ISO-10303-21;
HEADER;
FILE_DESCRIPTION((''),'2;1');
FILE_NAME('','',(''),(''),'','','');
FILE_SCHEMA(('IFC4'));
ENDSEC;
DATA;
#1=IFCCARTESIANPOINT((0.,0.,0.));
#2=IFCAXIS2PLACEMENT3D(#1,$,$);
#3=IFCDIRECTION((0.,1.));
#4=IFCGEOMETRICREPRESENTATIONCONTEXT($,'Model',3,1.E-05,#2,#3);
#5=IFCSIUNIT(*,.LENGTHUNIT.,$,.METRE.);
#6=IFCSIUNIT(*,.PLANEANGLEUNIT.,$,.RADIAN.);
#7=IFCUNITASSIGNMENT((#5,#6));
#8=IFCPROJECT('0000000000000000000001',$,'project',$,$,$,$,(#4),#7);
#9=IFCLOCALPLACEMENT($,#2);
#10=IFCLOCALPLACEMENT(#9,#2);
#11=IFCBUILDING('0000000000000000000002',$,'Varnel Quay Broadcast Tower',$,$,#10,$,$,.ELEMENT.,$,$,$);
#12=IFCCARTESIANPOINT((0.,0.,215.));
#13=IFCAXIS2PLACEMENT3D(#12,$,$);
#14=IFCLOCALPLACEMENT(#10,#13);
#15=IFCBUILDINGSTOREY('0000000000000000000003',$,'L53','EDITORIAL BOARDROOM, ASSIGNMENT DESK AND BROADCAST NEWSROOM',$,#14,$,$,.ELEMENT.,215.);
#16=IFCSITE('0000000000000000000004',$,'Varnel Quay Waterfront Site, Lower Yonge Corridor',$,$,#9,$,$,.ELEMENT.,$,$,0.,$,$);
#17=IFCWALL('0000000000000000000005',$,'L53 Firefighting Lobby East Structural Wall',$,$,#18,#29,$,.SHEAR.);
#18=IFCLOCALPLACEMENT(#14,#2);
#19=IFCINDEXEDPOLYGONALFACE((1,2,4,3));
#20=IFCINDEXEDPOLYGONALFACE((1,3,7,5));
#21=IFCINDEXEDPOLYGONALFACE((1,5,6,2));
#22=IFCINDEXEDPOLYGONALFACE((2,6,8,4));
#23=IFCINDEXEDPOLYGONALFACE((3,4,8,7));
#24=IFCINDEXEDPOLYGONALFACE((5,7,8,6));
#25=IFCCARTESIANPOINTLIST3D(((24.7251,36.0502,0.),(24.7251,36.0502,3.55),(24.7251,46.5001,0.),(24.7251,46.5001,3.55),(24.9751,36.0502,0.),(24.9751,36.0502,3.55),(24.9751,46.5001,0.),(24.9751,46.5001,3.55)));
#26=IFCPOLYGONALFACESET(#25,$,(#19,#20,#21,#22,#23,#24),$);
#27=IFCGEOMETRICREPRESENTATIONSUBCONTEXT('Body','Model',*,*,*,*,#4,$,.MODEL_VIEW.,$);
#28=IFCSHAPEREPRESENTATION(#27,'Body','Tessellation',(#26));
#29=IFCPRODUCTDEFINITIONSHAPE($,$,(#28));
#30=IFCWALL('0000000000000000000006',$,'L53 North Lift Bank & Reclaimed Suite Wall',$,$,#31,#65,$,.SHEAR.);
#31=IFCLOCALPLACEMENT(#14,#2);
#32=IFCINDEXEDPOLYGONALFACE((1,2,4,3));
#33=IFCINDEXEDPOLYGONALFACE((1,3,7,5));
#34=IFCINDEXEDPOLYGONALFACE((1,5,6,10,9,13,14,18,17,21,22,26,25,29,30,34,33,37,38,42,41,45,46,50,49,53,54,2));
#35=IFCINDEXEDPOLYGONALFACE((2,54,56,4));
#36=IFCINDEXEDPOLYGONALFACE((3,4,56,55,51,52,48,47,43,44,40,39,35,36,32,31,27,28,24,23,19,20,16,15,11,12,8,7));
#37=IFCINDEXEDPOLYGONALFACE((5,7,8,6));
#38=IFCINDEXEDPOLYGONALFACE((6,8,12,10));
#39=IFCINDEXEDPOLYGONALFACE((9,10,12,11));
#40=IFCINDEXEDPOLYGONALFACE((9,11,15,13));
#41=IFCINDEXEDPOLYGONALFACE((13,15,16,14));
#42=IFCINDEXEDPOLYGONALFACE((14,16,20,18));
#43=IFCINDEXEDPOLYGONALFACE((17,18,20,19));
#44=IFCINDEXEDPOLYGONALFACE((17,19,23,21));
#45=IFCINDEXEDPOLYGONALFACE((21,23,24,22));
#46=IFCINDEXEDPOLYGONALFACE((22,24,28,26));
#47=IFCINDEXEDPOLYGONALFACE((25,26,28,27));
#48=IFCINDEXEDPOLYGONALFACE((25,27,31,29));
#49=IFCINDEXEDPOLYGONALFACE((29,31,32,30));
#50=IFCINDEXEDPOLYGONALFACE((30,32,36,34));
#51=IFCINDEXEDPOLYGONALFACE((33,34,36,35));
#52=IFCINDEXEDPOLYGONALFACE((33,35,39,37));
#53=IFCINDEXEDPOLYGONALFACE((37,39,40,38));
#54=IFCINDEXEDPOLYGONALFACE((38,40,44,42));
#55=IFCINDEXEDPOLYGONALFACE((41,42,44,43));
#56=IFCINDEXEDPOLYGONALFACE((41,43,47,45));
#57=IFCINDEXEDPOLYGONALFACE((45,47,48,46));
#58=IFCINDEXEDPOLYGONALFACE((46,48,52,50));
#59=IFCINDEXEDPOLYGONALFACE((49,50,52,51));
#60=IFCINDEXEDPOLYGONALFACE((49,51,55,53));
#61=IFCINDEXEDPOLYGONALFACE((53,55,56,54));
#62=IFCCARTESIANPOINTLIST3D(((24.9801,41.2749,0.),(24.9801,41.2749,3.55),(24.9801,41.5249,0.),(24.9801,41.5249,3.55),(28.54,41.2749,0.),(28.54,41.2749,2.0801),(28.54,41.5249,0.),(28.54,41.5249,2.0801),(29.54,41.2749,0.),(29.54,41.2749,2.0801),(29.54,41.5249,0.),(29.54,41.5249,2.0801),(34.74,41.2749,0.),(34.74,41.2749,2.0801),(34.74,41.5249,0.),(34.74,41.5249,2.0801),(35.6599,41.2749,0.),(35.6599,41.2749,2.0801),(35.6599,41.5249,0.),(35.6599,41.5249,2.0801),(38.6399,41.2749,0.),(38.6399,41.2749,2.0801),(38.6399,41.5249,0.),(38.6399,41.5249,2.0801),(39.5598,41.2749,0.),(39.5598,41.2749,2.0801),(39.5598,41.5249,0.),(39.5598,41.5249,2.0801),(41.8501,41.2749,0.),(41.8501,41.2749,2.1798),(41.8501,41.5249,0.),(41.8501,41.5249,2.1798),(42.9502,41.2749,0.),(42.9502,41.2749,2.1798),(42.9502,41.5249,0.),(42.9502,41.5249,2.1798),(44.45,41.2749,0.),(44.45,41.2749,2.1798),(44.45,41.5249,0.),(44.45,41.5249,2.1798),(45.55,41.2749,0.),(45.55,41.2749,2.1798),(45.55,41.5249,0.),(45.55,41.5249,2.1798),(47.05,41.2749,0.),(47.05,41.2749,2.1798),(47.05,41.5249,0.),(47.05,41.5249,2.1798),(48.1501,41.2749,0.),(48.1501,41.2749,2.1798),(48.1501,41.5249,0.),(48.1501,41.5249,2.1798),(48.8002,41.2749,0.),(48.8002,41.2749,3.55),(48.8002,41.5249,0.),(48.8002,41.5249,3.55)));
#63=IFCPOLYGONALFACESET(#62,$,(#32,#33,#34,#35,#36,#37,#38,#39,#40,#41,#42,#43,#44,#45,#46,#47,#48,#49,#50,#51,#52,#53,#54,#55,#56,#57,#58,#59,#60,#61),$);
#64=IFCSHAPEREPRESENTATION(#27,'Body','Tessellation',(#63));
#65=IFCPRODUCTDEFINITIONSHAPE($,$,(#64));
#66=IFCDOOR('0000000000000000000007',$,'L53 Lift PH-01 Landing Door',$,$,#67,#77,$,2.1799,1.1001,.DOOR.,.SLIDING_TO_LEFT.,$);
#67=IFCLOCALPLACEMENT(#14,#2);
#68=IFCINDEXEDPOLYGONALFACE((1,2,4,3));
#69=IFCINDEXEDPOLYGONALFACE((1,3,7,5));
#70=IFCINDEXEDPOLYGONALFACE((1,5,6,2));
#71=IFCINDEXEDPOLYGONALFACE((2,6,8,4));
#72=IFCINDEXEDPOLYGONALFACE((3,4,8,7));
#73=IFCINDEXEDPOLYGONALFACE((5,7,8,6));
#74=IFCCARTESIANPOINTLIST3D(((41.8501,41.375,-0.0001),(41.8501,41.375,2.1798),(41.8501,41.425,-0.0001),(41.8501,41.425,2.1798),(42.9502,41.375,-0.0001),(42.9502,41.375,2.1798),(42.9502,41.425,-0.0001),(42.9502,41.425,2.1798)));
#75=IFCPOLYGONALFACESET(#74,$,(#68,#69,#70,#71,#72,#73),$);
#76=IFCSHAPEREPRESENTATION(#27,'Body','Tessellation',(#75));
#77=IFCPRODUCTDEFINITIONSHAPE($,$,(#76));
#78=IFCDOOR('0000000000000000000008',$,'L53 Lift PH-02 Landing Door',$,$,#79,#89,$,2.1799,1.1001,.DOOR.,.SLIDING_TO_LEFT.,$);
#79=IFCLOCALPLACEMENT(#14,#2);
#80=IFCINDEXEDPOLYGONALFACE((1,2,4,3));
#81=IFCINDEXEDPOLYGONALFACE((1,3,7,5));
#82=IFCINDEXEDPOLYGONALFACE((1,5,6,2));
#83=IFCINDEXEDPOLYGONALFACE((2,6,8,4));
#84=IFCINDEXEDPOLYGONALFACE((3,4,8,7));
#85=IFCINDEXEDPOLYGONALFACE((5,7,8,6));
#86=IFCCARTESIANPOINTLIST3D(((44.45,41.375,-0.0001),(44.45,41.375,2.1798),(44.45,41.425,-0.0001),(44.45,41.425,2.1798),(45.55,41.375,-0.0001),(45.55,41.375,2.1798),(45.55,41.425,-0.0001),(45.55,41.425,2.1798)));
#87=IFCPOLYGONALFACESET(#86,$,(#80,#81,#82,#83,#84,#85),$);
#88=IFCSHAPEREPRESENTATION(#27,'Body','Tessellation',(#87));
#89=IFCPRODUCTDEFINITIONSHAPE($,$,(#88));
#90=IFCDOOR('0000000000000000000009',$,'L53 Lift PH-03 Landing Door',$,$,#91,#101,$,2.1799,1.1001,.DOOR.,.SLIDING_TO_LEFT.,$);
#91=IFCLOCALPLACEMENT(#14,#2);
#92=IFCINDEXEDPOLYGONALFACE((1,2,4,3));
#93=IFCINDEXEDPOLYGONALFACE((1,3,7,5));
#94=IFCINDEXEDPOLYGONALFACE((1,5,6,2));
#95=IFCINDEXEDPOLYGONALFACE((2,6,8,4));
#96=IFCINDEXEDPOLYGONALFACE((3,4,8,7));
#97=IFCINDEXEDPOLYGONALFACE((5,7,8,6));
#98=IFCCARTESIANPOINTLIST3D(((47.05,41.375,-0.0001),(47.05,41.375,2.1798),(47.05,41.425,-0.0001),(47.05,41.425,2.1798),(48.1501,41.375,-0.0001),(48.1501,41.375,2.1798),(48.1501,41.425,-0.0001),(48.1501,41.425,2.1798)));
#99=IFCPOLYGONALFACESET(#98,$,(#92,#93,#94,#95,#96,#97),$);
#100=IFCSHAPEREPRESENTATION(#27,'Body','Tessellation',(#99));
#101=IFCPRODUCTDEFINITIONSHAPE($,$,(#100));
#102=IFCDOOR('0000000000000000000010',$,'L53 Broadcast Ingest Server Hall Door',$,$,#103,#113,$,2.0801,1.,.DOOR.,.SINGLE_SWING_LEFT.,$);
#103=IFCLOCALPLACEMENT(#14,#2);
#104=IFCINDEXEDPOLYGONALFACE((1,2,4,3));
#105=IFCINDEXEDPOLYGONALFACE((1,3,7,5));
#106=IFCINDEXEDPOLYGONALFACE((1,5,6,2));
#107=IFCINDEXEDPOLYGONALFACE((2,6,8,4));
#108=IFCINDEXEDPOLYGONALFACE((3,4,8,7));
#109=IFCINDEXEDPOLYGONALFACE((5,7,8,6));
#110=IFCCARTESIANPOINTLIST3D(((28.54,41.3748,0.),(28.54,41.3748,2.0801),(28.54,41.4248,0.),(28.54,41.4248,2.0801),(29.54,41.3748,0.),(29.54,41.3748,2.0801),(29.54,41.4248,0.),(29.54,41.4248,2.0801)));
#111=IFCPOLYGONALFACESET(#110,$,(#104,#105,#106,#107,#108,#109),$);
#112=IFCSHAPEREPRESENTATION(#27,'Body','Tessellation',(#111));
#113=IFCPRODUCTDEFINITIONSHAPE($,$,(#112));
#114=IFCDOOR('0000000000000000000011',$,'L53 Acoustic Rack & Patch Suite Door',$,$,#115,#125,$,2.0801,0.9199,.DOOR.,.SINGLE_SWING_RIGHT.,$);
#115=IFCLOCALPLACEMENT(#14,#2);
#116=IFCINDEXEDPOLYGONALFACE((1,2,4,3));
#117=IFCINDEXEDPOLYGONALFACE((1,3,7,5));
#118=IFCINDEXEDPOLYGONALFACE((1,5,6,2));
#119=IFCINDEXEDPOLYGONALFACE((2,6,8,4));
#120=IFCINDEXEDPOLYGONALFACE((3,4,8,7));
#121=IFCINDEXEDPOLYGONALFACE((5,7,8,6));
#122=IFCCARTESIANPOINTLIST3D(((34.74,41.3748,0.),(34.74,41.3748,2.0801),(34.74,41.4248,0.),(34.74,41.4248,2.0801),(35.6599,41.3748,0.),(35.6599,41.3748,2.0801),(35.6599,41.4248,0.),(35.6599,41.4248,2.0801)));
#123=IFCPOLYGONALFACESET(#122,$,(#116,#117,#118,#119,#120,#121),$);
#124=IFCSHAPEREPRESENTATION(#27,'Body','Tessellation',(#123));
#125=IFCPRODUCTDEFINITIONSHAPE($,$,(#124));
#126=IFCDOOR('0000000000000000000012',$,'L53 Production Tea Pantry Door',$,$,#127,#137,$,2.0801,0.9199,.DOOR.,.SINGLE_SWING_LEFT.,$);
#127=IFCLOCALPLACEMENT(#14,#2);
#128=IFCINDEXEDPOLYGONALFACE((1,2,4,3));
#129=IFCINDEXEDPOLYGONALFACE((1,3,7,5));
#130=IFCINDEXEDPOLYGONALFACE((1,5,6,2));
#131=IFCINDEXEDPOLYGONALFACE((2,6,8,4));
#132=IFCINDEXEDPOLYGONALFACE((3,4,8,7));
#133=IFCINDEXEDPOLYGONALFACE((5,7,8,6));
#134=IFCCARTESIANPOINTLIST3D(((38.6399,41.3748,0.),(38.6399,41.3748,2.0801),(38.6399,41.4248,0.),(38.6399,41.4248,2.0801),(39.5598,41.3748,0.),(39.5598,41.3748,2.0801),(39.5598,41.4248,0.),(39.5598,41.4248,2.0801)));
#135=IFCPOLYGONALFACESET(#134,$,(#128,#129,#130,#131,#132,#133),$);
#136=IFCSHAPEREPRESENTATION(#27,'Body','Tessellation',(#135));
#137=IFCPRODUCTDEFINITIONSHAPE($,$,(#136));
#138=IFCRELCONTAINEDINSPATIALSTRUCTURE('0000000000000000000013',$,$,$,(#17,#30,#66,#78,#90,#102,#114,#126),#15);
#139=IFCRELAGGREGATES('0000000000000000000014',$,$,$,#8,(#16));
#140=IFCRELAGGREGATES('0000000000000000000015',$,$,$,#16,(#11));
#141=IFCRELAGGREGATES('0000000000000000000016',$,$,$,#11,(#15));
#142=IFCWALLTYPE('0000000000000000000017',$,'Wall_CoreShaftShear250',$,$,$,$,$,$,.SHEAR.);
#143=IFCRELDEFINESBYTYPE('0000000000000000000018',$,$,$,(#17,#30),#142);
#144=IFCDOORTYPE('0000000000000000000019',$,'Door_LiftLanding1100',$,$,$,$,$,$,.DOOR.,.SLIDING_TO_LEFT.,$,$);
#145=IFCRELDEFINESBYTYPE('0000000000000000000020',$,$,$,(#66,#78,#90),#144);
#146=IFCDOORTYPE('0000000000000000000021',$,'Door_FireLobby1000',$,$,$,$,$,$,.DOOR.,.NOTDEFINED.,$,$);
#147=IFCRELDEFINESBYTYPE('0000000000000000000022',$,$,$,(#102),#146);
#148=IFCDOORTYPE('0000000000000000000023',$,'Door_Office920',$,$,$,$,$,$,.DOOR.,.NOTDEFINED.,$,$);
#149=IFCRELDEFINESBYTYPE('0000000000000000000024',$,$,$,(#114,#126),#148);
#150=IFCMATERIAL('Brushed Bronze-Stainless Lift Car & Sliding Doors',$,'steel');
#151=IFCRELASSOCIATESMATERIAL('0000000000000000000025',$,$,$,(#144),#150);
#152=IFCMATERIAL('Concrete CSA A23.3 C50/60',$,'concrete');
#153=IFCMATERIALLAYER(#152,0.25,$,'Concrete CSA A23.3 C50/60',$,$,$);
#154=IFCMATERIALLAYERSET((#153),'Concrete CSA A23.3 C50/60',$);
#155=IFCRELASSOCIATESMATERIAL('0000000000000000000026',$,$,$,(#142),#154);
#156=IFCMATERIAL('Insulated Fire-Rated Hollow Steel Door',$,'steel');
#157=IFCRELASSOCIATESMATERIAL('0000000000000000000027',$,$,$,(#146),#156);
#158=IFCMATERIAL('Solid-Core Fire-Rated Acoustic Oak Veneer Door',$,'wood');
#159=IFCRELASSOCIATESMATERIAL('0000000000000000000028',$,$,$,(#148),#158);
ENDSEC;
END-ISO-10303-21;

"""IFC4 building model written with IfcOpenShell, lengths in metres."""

from ifc_helpers import new_model, si_unit, direction, frame, frame_2d, origin, place, context, subcontext, project, spatial, rectangle, extrude, source, transform, mapped, material, layer, layer_set, type_object, type_shapes, element, fill, save


model = new_model("IFC4")

# Units and contexts
model_context = context("Model", 3, precision=1e-05, world=origin(), true_north=direction((0.0, 1.0)))
body_context = subcontext(model_context, "Body", "Model", "MODEL_VIEW")
ifc_project = project(units=[si_unit("LENGTHUNIT", "METRE"), si_unit("PLANEANGLEUNIT", "RADIAN")], contexts=[model_context])

# Site, building, storey
site_placement = place(None, origin())
site = spatial("IfcSite", under=ifc_project, at=site_placement, Name="Varnel Quay Waterfront Site, Lower Yonge Corridor", CompositionType="ELEMENT", RefElevation=0.0)
building_placement = place(site_placement, origin())
building = spatial("IfcBuilding", under=site, at=building_placement, Name="Varnel Quay Broadcast Tower", CompositionType="ELEMENT")
storey_placement = place(building_placement, frame((0.0, 0.0, 215.0)))
storey = spatial("IfcBuildingStorey", under=building, at=storey_placement, Name="L53", Description="EDITORIAL BOARDROOM, ASSIGNMENT DESK AND BROADCAST NEWSROOM", CompositionType="ELEMENT", Elevation=215.0)

# Shared definitions
ifc_material_1 = material(Name="Concrete CSA A23.3 C50/60", Category="concrete")
ifc_material_2 = material(Name="Brushed Bronze-Stainless Lift Car & Sliding Doors", Category="steel")
door_type_1 = type_object("IfcDoorType", Name="Door_LiftLanding1100", OperationType="SLIDING_TO_LEFT", PredefinedType="DOOR", material=ifc_material_2)
shared_shape_1 = source(origin(), body_context, "Body", "SweptSolid", [
    extrude(rectangle(XDim=1.1001, YDim=2.1799, at=frame_2d((0.55, 1.0898))), frame((0.0, 0.0249, 0.0), z_axis=(0.0, -1.0, 0.0), x_axis=(1.0, 0.0, 0.0)), (0.0, 0.0, 1.0), 0.05),
])
type_shapes(door_type_1, [shared_shape_1])

# Wall
ifc_layer_1 = layer(ifc_material_1, 0.25, Name="Concrete CSA A23.3 C50/60")
ifc_layer_set_1 = layer_set([ifc_layer_1], Name="Concrete CSA A23.3 C50/60")
wall_type_1 = type_object("IfcWallType", Name="Wall_CoreShaftShear250", PredefinedType="SHEAR", material=ifc_layer_set_1)
wall_1_placement = place(storey_placement, frame((24.8501, 36.05, 0.0), z_axis=(0.0, 0.0, 1.0), x_axis=(0.0, 1.0, 0.0)))
element("IfcWall", 1, at=wall_1_placement, inside=storey, type_object=wall_type_1, Name="L53 Firefighting Lobby East Structural Wall", PredefinedType="SHEAR", context=body_context, shape_type="SweptSolid", body=[
    extrude(rectangle(XDim=10.45, YDim=0.25, at=frame_2d((5.2251, 0.0))), origin(), (0.0, 0.0, 1.0), 3.55),
])

# Wall, openings, doors
wall_2_placement = place(storey_placement, frame((24.98, 41.3999, 0.0), z_axis=(0.0, 0.0, 1.0), x_axis=(1.0, 0.0, 0.0)))
wall_2 = element("IfcWall", 2, at=wall_2_placement, inside=storey, type_object=wall_type_1, Name="L53 North Lift Bank & Reclaimed Suite Wall", PredefinedType="SHEAR", context=body_context, shape_type="SweptSolid", body=[
    extrude(rectangle(XDim=23.8201, YDim=0.25, at=frame_2d((11.9102, 0.0))), origin(), (0.0, 0.0, 1.0), 3.55),
])
opening_1_placement = place(wall_2_placement, frame((16.8701, 0.0, 0.0)))
opening_1 = element("IfcOpeningElement", 3, at=opening_1_placement, cuts=wall_2, PredefinedType="OPENING", context=body_context, shape_type="SweptSolid", body=[
    extrude(rectangle(XDim=1.1001, YDim=2.1799, at=frame_2d((0.55, 1.0898))), frame((0.0, 0.135, 0.0), z_axis=(0.0, -1.0, 0.0), x_axis=(1.0, 0.0, 0.0)), (0.0, 0.0, 1.0), 0.27),
])
opening_2_placement = place(wall_2_placement, frame((19.47, 0.0, 0.0)))
opening_2 = element("IfcOpeningElement", 4, at=opening_2_placement, cuts=wall_2, PredefinedType="OPENING", context=body_context, shape_type="SweptSolid", body=[
    extrude(rectangle(XDim=1.1001, YDim=2.1799, at=frame_2d((0.55, 1.0898))), frame((0.0, 0.135, 0.0), z_axis=(0.0, -1.0, 0.0), x_axis=(1.0, 0.0, 0.0)), (0.0, 0.0, 1.0), 0.27),
])
opening_3_placement = place(wall_2_placement, frame((22.0701, 0.0, 0.0)))
opening_3 = element("IfcOpeningElement", 5, at=opening_3_placement, cuts=wall_2, PredefinedType="OPENING", context=body_context, shape_type="SweptSolid", body=[
    extrude(rectangle(XDim=1.1001, YDim=2.1799, at=frame_2d((0.55, 1.0898))), frame((0.0, 0.135, 0.0), z_axis=(0.0, -1.0, 0.0), x_axis=(1.0, 0.0, 0.0)), (0.0, 0.0, 1.0), 0.27),
])
opening_4_placement = place(wall_2_placement, frame((3.5601, 0.0, 0.0)))
opening_4 = element("IfcOpeningElement", 6, at=opening_4_placement, cuts=wall_2, PredefinedType="OPENING", context=body_context, shape_type="SweptSolid", body=[
    extrude(rectangle(XDim=1.0, YDim=2.0801, at=frame_2d((0.5, 1.04))), frame((0.0, 0.135, 0.0), z_axis=(0.0, -1.0, 0.0), x_axis=(1.0, 0.0, 0.0)), (0.0, 0.0, 1.0), 0.27),
])
opening_5_placement = place(wall_2_placement, frame((9.76, 0.0, 0.0)))
opening_5 = element("IfcOpeningElement", 7, at=opening_5_placement, cuts=wall_2, PredefinedType="OPENING", context=body_context, shape_type="SweptSolid", body=[
    extrude(rectangle(XDim=0.9199, YDim=2.0801, at=frame_2d((0.46, 1.04))), frame((0.0, 0.135, 0.0), z_axis=(0.0, -1.0, 0.0), x_axis=(1.0, 0.0, 0.0)), (0.0, 0.0, 1.0), 0.27),
])
opening_6_placement = place(wall_2_placement, frame((13.6599, 0.0, 0.0)))
opening_6 = element("IfcOpeningElement", 8, at=opening_6_placement, cuts=wall_2, PredefinedType="OPENING", context=body_context, shape_type="SweptSolid", body=[
    extrude(rectangle(XDim=0.9199, YDim=2.0801, at=frame_2d((0.46, 1.04))), frame((0.0, 0.135, 0.0), z_axis=(0.0, -1.0, 0.0), x_axis=(1.0, 0.0, 0.0)), (0.0, 0.0, 1.0), 0.27),
])
door_1_placement = place(opening_1_placement, frame((1.1001, 0.0, 0.0), z_axis=(0.0, 0.0, 1.0), x_axis=(-1.0, 0.0, 0.0)))
door_1 = element("IfcDoor", 9, at=door_1_placement, inside=storey, type_object=door_type_1, Name="L53 Lift PH-01 Landing Door", OperationType="SLIDING_TO_LEFT", OverallHeight=2.1799, OverallWidth=1.1001, PredefinedType="DOOR", context=body_context, shape_type="MappedRepresentation", body=[
    mapped(shared_shape_1, transform((0.0, 0.0, 0.0), x_axis=(1.0, 0.0, 0.0), y_axis=(0.0, 1.0, 0.0), z_axis=(0.0, 0.0, 1.0), scale=1.0)),
])
fill(opening_1, door_1)
door_2_placement = place(opening_2_placement, frame((1.1001, 0.0, 0.0), z_axis=(0.0, 0.0, 1.0), x_axis=(-1.0, 0.0, 0.0)))
door_2 = element("IfcDoor", 10, at=door_2_placement, inside=storey, type_object=door_type_1, Name="L53 Lift PH-02 Landing Door", OperationType="SLIDING_TO_LEFT", OverallHeight=2.1799, OverallWidth=1.1001, PredefinedType="DOOR", context=body_context, shape_type="MappedRepresentation", body=[
    mapped(shared_shape_1, transform((0.0, 0.0, 0.0), x_axis=(1.0, 0.0, 0.0), y_axis=(0.0, 1.0, 0.0), z_axis=(0.0, 0.0, 1.0), scale=1.0)),
])
fill(opening_2, door_2)
door_3_placement = place(opening_3_placement, frame((1.1001, 0.0, 0.0), z_axis=(0.0, 0.0, 1.0), x_axis=(-1.0, 0.0, 0.0)))
door_3 = element("IfcDoor", 11, at=door_3_placement, inside=storey, type_object=door_type_1, Name="L53 Lift PH-03 Landing Door", OperationType="SLIDING_TO_LEFT", OverallHeight=2.1799, OverallWidth=1.1001, PredefinedType="DOOR", context=body_context, shape_type="MappedRepresentation", body=[
    mapped(shared_shape_1, transform((0.0, 0.0, 0.0), x_axis=(1.0, 0.0, 0.0), y_axis=(0.0, 1.0, 0.0), z_axis=(0.0, 0.0, 1.0), scale=1.0)),
])
fill(opening_3, door_3)
ifc_material_3 = material(Name="Insulated Fire-Rated Hollow Steel Door", Category="steel")
door_type_2 = type_object("IfcDoorType", Name="Door_FireLobby1000", OperationType="NOTDEFINED", PredefinedType="DOOR", material=ifc_material_3)
shared_shape_2 = source(origin(), body_context, "Body", "SweptSolid", [
    extrude(rectangle(XDim=1.0, YDim=2.0801, at=frame_2d((0.5, 1.04))), frame((0.0, 0.0249, 0.0), z_axis=(0.0, -1.0, 0.0), x_axis=(1.0, 0.0, 0.0)), (0.0, 0.0, 1.0), 0.05),
])
type_shapes(door_type_2, [shared_shape_2])
door_4_placement = place(opening_4_placement, origin())
door_4 = element("IfcDoor", 12, at=door_4_placement, inside=storey, type_object=door_type_2, Name="L53 Broadcast Ingest Server Hall Door", OperationType="SINGLE_SWING_LEFT", OverallHeight=2.0801, OverallWidth=1.0, PredefinedType="DOOR", context=body_context, shape_type="MappedRepresentation", body=[
    mapped(shared_shape_2, transform((0.0, 0.0, 0.0), x_axis=(1.0, 0.0, 0.0), y_axis=(0.0, 1.0, 0.0), z_axis=(0.0, 0.0, 1.0), scale=1.0)),
])
fill(opening_4, door_4)
ifc_material_4 = material(Name="Solid-Core Fire-Rated Acoustic Oak Veneer Door", Category="wood")
door_type_3 = type_object("IfcDoorType", Name="Door_Office920", OperationType="NOTDEFINED", PredefinedType="DOOR", material=ifc_material_4)
shared_shape_3 = source(origin(), body_context, "Body", "SweptSolid", [
    extrude(rectangle(XDim=0.9199, YDim=2.0801, at=frame_2d((0.46, 1.04))), frame((0.0, 0.0249, 0.0), z_axis=(0.0, -1.0, 0.0), x_axis=(1.0, 0.0, 0.0)), (0.0, 0.0, 1.0), 0.05),
])
type_shapes(door_type_3, [shared_shape_3])
door_5_placement = place(opening_5_placement, origin())
door_5 = element("IfcDoor", 13, at=door_5_placement, inside=storey, type_object=door_type_3, Name="L53 Acoustic Rack & Patch Suite Door", OperationType="SINGLE_SWING_RIGHT", OverallHeight=2.0801, OverallWidth=0.9199, PredefinedType="DOOR", context=body_context, shape_type="MappedRepresentation", body=[
    mapped(shared_shape_3, transform((0.0, 0.0, 0.0), x_axis=(1.0, 0.0, 0.0), y_axis=(0.0, 1.0, 0.0), z_axis=(0.0, 0.0, 1.0), scale=1.0)),
])
fill(opening_5, door_5)
door_6_placement = place(opening_6_placement, origin())
door_6 = element("IfcDoor", 14, at=door_6_placement, inside=storey, type_object=door_type_3, Name="L53 Production Tea Pantry Door", OperationType="SINGLE_SWING_LEFT", OverallHeight=2.0801, OverallWidth=0.9199, PredefinedType="DOOR", context=body_context, shape_type="MappedRepresentation", body=[
    mapped(shared_shape_3, transform((0.0, 0.0, 0.0), x_axis=(1.0, 0.0, 0.0), y_axis=(0.0, 1.0, 0.0), z_axis=(0.0, 0.0, 1.0), scale=1.0)),
])
fill(opening_6, door_6)

save(model, "model.ifc")
